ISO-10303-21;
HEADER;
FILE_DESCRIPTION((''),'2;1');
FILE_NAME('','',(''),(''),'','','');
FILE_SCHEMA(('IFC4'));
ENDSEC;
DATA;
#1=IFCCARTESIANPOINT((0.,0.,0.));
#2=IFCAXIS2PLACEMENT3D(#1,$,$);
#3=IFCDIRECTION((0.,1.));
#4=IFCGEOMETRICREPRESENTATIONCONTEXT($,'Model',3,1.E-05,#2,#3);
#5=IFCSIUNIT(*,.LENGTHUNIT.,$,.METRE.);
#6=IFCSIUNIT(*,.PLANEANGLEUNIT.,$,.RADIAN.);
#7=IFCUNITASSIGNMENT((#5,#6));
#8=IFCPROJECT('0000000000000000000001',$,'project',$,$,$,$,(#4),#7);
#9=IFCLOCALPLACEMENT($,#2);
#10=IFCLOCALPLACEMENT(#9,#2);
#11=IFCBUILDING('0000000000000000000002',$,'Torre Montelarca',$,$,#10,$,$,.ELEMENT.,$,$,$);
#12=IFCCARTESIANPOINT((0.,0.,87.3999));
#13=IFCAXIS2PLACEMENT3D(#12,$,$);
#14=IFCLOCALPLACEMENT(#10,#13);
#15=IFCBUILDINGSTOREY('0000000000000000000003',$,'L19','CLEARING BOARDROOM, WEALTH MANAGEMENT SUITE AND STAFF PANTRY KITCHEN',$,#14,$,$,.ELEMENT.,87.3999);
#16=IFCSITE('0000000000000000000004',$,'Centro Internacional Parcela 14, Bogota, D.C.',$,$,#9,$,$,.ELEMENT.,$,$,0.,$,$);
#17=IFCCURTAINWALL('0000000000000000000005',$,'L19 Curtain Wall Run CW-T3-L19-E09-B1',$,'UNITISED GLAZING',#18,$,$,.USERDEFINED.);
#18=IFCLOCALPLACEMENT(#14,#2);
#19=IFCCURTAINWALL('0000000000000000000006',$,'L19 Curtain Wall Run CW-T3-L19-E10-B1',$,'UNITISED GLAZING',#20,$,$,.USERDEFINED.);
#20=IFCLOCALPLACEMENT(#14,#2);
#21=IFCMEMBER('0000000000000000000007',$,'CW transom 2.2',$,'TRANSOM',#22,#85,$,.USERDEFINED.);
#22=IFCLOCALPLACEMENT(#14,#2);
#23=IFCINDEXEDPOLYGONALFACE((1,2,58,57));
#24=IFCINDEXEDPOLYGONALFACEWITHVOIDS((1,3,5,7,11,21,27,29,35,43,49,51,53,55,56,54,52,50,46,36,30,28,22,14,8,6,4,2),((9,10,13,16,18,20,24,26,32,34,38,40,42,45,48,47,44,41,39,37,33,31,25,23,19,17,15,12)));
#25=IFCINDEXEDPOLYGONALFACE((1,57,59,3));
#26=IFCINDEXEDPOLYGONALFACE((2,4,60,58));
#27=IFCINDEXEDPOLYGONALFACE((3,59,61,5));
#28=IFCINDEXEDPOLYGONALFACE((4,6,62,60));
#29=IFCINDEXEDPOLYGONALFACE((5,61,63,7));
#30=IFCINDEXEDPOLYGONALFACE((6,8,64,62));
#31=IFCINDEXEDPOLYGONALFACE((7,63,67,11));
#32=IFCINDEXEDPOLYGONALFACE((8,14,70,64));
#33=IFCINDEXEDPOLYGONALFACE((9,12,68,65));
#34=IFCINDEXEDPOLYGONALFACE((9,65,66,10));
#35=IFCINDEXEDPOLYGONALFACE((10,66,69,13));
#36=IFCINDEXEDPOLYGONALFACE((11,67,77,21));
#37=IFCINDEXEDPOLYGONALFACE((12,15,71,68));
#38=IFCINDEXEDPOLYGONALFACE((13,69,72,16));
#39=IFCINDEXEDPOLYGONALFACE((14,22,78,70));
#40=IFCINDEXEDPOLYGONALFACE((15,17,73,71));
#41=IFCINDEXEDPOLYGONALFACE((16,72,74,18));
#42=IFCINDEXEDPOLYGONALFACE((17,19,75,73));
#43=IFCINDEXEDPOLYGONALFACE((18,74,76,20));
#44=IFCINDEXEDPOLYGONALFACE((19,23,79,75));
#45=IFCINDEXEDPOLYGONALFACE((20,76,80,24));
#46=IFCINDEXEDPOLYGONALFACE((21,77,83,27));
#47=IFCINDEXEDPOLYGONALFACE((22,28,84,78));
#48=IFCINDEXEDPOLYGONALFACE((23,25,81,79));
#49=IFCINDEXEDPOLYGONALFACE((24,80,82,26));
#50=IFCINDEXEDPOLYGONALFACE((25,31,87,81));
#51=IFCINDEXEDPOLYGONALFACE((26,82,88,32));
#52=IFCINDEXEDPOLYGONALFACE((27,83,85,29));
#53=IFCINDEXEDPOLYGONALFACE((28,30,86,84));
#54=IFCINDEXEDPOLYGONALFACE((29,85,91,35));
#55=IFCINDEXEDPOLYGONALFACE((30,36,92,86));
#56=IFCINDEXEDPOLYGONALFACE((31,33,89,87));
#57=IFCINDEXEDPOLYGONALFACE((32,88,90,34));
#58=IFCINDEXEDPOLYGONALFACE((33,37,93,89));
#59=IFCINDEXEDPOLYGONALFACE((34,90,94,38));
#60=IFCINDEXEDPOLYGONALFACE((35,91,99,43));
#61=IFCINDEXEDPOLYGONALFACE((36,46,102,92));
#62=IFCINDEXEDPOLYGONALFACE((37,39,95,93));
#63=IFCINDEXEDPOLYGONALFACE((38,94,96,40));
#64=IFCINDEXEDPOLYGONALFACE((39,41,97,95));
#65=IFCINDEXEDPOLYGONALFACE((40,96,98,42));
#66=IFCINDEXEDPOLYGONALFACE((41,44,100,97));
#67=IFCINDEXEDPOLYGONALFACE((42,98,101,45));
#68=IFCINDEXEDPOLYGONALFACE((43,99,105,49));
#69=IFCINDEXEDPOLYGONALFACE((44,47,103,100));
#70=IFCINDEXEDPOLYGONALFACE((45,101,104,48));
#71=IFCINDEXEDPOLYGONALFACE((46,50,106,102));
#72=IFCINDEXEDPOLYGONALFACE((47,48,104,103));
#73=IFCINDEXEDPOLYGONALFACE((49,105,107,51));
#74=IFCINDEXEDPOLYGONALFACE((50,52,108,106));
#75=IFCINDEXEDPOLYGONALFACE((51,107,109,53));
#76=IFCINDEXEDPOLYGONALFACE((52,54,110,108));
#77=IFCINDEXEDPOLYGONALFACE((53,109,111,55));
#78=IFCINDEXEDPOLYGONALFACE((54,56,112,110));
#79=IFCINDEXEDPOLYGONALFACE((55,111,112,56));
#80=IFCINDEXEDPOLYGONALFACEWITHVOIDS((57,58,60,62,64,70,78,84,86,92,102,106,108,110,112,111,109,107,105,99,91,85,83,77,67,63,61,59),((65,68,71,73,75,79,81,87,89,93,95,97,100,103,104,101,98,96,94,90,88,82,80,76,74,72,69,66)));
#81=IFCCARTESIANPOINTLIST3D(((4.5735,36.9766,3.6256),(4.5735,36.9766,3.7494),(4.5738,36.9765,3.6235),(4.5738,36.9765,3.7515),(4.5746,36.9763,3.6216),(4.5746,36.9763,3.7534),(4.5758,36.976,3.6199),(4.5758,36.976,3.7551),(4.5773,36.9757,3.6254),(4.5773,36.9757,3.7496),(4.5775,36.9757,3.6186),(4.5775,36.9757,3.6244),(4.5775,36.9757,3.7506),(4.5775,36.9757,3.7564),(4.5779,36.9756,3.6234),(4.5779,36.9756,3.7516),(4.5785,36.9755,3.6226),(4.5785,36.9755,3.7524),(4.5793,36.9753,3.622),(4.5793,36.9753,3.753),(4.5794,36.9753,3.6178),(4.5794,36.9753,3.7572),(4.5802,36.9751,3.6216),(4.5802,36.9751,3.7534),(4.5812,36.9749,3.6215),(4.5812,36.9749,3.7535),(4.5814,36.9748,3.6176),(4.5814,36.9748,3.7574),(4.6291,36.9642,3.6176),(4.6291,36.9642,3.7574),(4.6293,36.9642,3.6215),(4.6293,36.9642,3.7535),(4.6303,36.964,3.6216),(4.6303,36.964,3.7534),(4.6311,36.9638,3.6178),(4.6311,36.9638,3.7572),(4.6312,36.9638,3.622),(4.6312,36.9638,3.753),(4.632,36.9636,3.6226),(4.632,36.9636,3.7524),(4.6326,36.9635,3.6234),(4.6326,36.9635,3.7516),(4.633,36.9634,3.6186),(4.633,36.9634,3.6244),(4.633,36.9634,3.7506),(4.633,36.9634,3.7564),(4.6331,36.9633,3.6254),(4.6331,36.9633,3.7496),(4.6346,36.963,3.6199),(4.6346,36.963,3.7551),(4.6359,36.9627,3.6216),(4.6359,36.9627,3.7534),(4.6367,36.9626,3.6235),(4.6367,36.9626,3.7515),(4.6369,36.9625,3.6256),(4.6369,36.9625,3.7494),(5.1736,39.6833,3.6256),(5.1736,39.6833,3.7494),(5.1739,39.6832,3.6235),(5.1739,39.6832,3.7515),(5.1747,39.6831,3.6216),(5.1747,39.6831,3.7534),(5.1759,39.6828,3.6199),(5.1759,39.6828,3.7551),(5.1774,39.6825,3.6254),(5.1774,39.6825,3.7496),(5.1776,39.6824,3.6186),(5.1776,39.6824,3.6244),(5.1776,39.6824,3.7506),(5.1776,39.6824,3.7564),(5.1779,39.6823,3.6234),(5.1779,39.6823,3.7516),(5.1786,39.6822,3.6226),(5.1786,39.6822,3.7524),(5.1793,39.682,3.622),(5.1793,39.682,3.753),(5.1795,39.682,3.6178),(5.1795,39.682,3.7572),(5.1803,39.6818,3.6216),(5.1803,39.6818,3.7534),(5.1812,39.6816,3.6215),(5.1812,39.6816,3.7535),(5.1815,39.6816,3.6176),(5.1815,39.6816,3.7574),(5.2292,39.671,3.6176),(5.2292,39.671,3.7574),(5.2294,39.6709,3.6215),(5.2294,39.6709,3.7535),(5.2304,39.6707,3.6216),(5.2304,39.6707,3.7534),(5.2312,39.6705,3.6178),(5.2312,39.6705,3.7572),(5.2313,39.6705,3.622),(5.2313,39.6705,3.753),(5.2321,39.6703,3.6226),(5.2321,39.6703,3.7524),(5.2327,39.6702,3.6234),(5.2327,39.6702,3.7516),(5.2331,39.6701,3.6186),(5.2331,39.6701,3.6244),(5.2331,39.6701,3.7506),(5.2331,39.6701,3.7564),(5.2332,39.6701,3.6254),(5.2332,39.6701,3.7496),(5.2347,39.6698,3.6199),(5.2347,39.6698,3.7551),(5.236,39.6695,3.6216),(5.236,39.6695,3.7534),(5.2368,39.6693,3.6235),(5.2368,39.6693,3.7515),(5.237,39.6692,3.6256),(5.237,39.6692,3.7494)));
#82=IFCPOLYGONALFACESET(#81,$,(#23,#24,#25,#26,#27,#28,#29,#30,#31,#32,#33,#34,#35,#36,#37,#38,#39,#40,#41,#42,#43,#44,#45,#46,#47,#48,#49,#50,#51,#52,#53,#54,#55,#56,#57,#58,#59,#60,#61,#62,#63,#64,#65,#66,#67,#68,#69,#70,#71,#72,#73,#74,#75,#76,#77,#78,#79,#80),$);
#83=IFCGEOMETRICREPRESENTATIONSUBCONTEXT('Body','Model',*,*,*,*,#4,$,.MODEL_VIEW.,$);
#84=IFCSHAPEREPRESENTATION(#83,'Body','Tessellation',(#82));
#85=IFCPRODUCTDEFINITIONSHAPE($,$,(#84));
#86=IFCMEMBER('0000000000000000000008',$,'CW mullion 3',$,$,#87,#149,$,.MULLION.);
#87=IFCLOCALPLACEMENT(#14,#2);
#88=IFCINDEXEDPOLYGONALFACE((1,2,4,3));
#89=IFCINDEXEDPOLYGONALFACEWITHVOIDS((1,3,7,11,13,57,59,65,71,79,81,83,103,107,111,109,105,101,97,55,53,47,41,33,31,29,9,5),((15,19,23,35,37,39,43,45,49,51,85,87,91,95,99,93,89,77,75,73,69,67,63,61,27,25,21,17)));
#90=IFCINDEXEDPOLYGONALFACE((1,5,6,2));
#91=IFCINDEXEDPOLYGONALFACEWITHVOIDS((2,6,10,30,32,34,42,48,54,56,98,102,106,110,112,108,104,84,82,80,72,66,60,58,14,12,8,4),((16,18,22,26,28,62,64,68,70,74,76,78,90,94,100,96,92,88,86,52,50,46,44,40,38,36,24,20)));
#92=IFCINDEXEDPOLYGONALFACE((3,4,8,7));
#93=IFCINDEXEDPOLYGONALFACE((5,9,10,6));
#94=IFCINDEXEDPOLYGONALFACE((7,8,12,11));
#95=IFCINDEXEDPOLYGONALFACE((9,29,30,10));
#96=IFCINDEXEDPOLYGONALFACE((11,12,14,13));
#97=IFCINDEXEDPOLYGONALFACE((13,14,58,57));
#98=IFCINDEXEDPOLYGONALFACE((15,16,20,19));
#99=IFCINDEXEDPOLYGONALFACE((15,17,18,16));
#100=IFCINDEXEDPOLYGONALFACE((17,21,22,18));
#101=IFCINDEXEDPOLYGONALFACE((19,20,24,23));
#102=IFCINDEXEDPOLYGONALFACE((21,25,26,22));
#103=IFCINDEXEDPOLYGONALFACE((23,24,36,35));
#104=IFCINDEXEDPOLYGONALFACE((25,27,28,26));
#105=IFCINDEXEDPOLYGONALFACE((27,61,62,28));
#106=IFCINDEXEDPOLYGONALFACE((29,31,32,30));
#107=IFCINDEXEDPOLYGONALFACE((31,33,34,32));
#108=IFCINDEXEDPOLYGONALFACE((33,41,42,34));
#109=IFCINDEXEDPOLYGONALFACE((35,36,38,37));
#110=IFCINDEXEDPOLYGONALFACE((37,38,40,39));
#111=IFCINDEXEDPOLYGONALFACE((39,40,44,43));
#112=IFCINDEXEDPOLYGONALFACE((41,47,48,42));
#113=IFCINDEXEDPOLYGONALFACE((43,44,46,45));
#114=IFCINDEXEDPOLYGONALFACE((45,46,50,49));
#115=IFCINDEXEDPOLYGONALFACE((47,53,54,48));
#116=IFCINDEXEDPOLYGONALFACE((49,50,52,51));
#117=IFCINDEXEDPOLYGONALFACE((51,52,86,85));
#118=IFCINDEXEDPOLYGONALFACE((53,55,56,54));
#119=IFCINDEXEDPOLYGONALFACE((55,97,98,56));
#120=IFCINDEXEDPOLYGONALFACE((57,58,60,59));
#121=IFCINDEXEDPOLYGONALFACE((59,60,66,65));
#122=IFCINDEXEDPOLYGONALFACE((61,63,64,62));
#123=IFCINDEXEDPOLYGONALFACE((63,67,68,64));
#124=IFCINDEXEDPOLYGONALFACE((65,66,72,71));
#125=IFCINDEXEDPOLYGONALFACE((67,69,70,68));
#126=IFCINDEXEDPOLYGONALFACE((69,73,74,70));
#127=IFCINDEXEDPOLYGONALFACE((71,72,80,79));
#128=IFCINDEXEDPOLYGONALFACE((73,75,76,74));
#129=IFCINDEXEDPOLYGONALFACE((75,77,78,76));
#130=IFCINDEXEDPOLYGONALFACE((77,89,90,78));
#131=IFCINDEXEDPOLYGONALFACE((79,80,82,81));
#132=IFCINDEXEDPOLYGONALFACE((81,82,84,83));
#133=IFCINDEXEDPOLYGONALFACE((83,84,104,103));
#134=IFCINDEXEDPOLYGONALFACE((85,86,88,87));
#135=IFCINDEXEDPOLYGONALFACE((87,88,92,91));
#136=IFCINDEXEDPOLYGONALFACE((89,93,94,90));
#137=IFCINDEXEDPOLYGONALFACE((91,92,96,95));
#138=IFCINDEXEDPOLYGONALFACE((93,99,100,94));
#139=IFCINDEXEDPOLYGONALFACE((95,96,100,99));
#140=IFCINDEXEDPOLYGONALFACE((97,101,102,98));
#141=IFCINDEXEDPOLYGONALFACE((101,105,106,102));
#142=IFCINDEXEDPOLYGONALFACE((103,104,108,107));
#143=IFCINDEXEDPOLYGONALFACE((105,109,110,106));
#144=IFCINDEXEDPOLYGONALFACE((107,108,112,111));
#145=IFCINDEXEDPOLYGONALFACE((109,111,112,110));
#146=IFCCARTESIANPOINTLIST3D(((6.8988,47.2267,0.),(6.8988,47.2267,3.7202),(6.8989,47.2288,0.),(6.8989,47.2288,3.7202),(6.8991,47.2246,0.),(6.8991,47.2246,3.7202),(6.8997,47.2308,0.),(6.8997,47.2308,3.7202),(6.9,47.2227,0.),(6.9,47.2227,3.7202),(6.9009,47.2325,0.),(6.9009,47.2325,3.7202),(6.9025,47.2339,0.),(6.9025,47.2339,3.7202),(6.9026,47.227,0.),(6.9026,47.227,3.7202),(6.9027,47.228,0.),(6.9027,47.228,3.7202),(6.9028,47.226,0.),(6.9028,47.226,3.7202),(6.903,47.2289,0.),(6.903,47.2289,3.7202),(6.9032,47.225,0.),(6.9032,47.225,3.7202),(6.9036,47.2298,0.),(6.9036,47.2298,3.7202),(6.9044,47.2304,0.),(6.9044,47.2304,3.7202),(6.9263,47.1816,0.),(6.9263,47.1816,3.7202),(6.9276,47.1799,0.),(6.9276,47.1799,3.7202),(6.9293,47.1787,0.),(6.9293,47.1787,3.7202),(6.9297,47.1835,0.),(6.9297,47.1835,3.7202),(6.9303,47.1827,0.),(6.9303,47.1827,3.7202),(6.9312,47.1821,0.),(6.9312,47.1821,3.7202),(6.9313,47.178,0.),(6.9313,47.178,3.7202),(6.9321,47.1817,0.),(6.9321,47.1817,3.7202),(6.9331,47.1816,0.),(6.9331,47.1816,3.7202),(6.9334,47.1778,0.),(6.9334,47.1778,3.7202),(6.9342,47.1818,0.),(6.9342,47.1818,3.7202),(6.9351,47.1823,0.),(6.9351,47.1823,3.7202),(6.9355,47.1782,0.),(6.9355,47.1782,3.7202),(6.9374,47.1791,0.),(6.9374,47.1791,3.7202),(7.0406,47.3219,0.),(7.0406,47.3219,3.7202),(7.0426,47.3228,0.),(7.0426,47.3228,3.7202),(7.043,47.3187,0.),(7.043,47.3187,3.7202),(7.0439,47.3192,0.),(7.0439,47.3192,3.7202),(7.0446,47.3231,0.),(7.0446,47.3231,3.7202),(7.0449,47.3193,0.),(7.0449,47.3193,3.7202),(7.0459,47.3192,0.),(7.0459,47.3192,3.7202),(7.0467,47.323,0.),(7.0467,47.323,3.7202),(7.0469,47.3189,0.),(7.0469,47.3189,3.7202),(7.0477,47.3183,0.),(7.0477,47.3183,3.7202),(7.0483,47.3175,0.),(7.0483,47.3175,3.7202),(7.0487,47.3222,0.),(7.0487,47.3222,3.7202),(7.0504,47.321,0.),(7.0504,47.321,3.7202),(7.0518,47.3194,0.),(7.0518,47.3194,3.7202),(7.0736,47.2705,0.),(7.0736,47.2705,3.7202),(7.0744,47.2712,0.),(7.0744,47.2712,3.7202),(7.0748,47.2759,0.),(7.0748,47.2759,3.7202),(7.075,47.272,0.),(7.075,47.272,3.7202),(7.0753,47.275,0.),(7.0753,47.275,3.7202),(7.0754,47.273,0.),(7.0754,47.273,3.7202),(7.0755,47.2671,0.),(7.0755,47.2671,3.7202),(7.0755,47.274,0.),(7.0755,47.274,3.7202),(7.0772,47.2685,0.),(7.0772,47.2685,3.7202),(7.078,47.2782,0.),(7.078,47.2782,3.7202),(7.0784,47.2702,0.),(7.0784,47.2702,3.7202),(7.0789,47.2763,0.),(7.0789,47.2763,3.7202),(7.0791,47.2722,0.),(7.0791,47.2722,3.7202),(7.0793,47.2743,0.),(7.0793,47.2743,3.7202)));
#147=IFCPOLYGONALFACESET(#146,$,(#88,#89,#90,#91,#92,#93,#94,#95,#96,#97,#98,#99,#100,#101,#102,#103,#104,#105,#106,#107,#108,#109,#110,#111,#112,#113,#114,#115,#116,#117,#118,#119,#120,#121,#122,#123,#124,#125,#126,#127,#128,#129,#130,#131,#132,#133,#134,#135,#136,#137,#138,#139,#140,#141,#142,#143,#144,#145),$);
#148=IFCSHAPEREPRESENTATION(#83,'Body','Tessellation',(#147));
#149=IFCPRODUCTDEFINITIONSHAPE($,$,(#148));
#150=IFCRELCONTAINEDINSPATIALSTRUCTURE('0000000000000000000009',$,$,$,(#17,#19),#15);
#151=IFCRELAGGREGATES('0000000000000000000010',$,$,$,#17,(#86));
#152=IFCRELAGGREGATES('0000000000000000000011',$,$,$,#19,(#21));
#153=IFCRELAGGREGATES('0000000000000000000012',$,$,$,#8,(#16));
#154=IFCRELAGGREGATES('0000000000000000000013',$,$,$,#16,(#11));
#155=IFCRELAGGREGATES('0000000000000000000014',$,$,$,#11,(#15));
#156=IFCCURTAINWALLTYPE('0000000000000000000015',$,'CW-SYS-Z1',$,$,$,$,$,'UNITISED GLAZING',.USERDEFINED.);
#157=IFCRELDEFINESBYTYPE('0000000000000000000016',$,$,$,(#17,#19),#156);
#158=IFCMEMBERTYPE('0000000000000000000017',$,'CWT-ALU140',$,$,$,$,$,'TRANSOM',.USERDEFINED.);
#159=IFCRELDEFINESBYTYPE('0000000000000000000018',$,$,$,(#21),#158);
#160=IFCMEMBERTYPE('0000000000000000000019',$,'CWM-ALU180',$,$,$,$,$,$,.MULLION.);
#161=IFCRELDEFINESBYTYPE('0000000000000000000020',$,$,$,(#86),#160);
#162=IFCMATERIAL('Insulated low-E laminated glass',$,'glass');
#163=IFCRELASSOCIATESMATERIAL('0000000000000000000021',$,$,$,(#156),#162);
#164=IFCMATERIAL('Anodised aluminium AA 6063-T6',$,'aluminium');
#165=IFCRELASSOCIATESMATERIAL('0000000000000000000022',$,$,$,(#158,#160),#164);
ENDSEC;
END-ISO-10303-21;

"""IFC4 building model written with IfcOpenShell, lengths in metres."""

from ifc_helpers import new_model, si_unit, direction, frame, origin, origin_2d, place, context, subcontext, project, spatial, hollow_rectangle, extrude, source, transform, mapped, material, material_profile, profile_set, type_object, element, aggregate, save


model = new_model("IFC4")

# Units and contexts
model_context = context("Model", 3, precision=1e-05, world=origin(), true_north=direction((0.0, 1.0)))
body_context = subcontext(model_context, "Body", "Model", "MODEL_VIEW")
ifc_project = project(units=[si_unit("LENGTHUNIT", "METRE"), si_unit("PLANEANGLEUNIT", "RADIAN")], contexts=[model_context])

# Site, building, storey
site_placement = place(None, origin())
site = spatial("IfcSite", under=ifc_project, at=site_placement, Name="Centro Internacional Parcela 14, Bogota, D.C.", CompositionType="ELEMENT", RefElevation=0.0)
building_placement = place(site_placement, origin())
building = spatial("IfcBuilding", under=site, at=building_placement, Name="Torre Montelarca", CompositionType="ELEMENT")
storey_placement = place(building_placement, frame((0.0, 0.0, 87.3999)))
storey = spatial("IfcBuildingStorey", under=building, at=storey_placement, Name="L19", Description="CLEARING BOARDROOM, WEALTH MANAGEMENT SUITE AND STAFF PANTRY KITCHEN", CompositionType="ELEMENT", Elevation=87.3999)

# Curtain wall
ifc_material_1 = material(Name="Insulated low-E laminated glass", Category="glass")
curtain_wall_type = type_object("IfcCurtainWallType", Name="CW-SYS-Z1", ElementType="UNITISED GLAZING", PredefinedType="USERDEFINED", material=ifc_material_1)
curtain_wall_1_placement = place(storey_placement, origin())
curtain_wall_1 = element("IfcCurtainWall", 1, at=curtain_wall_1_placement, inside=storey, type_object=curtain_wall_type, Name="L19 Curtain Wall Run CW-T3-L19-E09-B1", ObjectType="UNITISED GLAZING", PredefinedType="USERDEFINED")
ifc_material_2 = material(Name="Anodised aluminium AA 6063-T6", Category="aluminium")
ifc_material_profile_1 = material_profile(ifc_material_2, hollow_rectangle(XDim=0.0649, YDim=0.1399, WallThickness=0.0039, InnerFilletRadius=0.0039, OuterFilletRadius=0.0081, at=origin_2d()), Name="ALU65X140X4", Category="aluminium")
ifc_profile_set_1 = profile_set([ifc_material_profile_1], Name="Anodised aluminium AA 6063-T6")
member_type_1 = type_object("IfcMemberType", Name="CWT-ALU140", ElementType="TRANSOM", PredefinedType="USERDEFINED", material=ifc_profile_set_1)

# Curtain wall, member
curtain_wall_2_placement = place(storey_placement, origin())
curtain_wall_2 = element("IfcCurtainWall", 2, at=curtain_wall_2_placement, inside=storey, type_object=curtain_wall_type, Name="L19 Curtain Wall Run CW-T3-L19-E10-B1", ObjectType="UNITISED GLAZING", PredefinedType="USERDEFINED")
shared_shape_1 = source(origin(), body_context, "Body", "SweptSolid", [
    extrude(hollow_rectangle(XDim=0.0649, YDim=0.1399, WallThickness=0.0039, InnerFilletRadius=0.0039, OuterFilletRadius=0.0081, at=origin_2d()), origin(), (0.0, 0.0, 1.0), 2.7725),
])
member_1_placement = place(storey_placement, frame((5.2053, 39.6763, 3.6875), z_axis=(-0.216446, -0.976295, 0.0), x_axis=(0.976295, -0.216446, 0.0)))
member_1 = element("IfcMember", 3, at=member_1_placement, type_object=member_type_1, Name="CW transom 2.2", ObjectType="TRANSOM", PredefinedType="USERDEFINED", context=body_context, shape_type="MappedRepresentation", body=[
    mapped(shared_shape_1, transform((0.0, 0.0, 0.0), scale=1.0)),
])

# Member
ifc_material_profile_2 = material_profile(ifc_material_2, hollow_rectangle(XDim=0.0649, YDim=0.1799, WallThickness=0.0039, InnerFilletRadius=0.0039, OuterFilletRadius=0.0081, at=origin_2d()), Name="ALU65X180X4", Category="aluminium")
ifc_profile_set_2 = profile_set([ifc_material_profile_2], Name="Anodised aluminium AA 6063-T6")
member_type_2 = type_object("IfcMemberType", Name="CWM-ALU180", PredefinedType="MULLION", material=ifc_profile_set_2)
shared_shape_2 = source(origin(), body_context, "Body", "SweptSolid", [
    extrude(hollow_rectangle(XDim=0.0649, YDim=0.1799, WallThickness=0.0039, InnerFilletRadius=0.0039, OuterFilletRadius=0.0081, at=origin_2d()), origin(), (0.0, 0.0, 1.0), 3.7202),
])
member_2_placement = place(storey_placement, frame((6.989, 47.2505, 0.0), z_axis=(0.0, 0.0, 1.0), x_axis=(0.537316, -0.843381, 0.0)))
member_2 = element("IfcMember", 4, at=member_2_placement, type_object=member_type_2, Name="CW mullion 3", PredefinedType="MULLION", context=body_context, shape_type="MappedRepresentation", body=[
    mapped(shared_shape_2, transform((0.0, 0.0, 0.0), scale=1.0)),
])

aggregate(curtain_wall_1, [member_2])
aggregate(curtain_wall_2, [member_1])

save(model, "model.ifc")
